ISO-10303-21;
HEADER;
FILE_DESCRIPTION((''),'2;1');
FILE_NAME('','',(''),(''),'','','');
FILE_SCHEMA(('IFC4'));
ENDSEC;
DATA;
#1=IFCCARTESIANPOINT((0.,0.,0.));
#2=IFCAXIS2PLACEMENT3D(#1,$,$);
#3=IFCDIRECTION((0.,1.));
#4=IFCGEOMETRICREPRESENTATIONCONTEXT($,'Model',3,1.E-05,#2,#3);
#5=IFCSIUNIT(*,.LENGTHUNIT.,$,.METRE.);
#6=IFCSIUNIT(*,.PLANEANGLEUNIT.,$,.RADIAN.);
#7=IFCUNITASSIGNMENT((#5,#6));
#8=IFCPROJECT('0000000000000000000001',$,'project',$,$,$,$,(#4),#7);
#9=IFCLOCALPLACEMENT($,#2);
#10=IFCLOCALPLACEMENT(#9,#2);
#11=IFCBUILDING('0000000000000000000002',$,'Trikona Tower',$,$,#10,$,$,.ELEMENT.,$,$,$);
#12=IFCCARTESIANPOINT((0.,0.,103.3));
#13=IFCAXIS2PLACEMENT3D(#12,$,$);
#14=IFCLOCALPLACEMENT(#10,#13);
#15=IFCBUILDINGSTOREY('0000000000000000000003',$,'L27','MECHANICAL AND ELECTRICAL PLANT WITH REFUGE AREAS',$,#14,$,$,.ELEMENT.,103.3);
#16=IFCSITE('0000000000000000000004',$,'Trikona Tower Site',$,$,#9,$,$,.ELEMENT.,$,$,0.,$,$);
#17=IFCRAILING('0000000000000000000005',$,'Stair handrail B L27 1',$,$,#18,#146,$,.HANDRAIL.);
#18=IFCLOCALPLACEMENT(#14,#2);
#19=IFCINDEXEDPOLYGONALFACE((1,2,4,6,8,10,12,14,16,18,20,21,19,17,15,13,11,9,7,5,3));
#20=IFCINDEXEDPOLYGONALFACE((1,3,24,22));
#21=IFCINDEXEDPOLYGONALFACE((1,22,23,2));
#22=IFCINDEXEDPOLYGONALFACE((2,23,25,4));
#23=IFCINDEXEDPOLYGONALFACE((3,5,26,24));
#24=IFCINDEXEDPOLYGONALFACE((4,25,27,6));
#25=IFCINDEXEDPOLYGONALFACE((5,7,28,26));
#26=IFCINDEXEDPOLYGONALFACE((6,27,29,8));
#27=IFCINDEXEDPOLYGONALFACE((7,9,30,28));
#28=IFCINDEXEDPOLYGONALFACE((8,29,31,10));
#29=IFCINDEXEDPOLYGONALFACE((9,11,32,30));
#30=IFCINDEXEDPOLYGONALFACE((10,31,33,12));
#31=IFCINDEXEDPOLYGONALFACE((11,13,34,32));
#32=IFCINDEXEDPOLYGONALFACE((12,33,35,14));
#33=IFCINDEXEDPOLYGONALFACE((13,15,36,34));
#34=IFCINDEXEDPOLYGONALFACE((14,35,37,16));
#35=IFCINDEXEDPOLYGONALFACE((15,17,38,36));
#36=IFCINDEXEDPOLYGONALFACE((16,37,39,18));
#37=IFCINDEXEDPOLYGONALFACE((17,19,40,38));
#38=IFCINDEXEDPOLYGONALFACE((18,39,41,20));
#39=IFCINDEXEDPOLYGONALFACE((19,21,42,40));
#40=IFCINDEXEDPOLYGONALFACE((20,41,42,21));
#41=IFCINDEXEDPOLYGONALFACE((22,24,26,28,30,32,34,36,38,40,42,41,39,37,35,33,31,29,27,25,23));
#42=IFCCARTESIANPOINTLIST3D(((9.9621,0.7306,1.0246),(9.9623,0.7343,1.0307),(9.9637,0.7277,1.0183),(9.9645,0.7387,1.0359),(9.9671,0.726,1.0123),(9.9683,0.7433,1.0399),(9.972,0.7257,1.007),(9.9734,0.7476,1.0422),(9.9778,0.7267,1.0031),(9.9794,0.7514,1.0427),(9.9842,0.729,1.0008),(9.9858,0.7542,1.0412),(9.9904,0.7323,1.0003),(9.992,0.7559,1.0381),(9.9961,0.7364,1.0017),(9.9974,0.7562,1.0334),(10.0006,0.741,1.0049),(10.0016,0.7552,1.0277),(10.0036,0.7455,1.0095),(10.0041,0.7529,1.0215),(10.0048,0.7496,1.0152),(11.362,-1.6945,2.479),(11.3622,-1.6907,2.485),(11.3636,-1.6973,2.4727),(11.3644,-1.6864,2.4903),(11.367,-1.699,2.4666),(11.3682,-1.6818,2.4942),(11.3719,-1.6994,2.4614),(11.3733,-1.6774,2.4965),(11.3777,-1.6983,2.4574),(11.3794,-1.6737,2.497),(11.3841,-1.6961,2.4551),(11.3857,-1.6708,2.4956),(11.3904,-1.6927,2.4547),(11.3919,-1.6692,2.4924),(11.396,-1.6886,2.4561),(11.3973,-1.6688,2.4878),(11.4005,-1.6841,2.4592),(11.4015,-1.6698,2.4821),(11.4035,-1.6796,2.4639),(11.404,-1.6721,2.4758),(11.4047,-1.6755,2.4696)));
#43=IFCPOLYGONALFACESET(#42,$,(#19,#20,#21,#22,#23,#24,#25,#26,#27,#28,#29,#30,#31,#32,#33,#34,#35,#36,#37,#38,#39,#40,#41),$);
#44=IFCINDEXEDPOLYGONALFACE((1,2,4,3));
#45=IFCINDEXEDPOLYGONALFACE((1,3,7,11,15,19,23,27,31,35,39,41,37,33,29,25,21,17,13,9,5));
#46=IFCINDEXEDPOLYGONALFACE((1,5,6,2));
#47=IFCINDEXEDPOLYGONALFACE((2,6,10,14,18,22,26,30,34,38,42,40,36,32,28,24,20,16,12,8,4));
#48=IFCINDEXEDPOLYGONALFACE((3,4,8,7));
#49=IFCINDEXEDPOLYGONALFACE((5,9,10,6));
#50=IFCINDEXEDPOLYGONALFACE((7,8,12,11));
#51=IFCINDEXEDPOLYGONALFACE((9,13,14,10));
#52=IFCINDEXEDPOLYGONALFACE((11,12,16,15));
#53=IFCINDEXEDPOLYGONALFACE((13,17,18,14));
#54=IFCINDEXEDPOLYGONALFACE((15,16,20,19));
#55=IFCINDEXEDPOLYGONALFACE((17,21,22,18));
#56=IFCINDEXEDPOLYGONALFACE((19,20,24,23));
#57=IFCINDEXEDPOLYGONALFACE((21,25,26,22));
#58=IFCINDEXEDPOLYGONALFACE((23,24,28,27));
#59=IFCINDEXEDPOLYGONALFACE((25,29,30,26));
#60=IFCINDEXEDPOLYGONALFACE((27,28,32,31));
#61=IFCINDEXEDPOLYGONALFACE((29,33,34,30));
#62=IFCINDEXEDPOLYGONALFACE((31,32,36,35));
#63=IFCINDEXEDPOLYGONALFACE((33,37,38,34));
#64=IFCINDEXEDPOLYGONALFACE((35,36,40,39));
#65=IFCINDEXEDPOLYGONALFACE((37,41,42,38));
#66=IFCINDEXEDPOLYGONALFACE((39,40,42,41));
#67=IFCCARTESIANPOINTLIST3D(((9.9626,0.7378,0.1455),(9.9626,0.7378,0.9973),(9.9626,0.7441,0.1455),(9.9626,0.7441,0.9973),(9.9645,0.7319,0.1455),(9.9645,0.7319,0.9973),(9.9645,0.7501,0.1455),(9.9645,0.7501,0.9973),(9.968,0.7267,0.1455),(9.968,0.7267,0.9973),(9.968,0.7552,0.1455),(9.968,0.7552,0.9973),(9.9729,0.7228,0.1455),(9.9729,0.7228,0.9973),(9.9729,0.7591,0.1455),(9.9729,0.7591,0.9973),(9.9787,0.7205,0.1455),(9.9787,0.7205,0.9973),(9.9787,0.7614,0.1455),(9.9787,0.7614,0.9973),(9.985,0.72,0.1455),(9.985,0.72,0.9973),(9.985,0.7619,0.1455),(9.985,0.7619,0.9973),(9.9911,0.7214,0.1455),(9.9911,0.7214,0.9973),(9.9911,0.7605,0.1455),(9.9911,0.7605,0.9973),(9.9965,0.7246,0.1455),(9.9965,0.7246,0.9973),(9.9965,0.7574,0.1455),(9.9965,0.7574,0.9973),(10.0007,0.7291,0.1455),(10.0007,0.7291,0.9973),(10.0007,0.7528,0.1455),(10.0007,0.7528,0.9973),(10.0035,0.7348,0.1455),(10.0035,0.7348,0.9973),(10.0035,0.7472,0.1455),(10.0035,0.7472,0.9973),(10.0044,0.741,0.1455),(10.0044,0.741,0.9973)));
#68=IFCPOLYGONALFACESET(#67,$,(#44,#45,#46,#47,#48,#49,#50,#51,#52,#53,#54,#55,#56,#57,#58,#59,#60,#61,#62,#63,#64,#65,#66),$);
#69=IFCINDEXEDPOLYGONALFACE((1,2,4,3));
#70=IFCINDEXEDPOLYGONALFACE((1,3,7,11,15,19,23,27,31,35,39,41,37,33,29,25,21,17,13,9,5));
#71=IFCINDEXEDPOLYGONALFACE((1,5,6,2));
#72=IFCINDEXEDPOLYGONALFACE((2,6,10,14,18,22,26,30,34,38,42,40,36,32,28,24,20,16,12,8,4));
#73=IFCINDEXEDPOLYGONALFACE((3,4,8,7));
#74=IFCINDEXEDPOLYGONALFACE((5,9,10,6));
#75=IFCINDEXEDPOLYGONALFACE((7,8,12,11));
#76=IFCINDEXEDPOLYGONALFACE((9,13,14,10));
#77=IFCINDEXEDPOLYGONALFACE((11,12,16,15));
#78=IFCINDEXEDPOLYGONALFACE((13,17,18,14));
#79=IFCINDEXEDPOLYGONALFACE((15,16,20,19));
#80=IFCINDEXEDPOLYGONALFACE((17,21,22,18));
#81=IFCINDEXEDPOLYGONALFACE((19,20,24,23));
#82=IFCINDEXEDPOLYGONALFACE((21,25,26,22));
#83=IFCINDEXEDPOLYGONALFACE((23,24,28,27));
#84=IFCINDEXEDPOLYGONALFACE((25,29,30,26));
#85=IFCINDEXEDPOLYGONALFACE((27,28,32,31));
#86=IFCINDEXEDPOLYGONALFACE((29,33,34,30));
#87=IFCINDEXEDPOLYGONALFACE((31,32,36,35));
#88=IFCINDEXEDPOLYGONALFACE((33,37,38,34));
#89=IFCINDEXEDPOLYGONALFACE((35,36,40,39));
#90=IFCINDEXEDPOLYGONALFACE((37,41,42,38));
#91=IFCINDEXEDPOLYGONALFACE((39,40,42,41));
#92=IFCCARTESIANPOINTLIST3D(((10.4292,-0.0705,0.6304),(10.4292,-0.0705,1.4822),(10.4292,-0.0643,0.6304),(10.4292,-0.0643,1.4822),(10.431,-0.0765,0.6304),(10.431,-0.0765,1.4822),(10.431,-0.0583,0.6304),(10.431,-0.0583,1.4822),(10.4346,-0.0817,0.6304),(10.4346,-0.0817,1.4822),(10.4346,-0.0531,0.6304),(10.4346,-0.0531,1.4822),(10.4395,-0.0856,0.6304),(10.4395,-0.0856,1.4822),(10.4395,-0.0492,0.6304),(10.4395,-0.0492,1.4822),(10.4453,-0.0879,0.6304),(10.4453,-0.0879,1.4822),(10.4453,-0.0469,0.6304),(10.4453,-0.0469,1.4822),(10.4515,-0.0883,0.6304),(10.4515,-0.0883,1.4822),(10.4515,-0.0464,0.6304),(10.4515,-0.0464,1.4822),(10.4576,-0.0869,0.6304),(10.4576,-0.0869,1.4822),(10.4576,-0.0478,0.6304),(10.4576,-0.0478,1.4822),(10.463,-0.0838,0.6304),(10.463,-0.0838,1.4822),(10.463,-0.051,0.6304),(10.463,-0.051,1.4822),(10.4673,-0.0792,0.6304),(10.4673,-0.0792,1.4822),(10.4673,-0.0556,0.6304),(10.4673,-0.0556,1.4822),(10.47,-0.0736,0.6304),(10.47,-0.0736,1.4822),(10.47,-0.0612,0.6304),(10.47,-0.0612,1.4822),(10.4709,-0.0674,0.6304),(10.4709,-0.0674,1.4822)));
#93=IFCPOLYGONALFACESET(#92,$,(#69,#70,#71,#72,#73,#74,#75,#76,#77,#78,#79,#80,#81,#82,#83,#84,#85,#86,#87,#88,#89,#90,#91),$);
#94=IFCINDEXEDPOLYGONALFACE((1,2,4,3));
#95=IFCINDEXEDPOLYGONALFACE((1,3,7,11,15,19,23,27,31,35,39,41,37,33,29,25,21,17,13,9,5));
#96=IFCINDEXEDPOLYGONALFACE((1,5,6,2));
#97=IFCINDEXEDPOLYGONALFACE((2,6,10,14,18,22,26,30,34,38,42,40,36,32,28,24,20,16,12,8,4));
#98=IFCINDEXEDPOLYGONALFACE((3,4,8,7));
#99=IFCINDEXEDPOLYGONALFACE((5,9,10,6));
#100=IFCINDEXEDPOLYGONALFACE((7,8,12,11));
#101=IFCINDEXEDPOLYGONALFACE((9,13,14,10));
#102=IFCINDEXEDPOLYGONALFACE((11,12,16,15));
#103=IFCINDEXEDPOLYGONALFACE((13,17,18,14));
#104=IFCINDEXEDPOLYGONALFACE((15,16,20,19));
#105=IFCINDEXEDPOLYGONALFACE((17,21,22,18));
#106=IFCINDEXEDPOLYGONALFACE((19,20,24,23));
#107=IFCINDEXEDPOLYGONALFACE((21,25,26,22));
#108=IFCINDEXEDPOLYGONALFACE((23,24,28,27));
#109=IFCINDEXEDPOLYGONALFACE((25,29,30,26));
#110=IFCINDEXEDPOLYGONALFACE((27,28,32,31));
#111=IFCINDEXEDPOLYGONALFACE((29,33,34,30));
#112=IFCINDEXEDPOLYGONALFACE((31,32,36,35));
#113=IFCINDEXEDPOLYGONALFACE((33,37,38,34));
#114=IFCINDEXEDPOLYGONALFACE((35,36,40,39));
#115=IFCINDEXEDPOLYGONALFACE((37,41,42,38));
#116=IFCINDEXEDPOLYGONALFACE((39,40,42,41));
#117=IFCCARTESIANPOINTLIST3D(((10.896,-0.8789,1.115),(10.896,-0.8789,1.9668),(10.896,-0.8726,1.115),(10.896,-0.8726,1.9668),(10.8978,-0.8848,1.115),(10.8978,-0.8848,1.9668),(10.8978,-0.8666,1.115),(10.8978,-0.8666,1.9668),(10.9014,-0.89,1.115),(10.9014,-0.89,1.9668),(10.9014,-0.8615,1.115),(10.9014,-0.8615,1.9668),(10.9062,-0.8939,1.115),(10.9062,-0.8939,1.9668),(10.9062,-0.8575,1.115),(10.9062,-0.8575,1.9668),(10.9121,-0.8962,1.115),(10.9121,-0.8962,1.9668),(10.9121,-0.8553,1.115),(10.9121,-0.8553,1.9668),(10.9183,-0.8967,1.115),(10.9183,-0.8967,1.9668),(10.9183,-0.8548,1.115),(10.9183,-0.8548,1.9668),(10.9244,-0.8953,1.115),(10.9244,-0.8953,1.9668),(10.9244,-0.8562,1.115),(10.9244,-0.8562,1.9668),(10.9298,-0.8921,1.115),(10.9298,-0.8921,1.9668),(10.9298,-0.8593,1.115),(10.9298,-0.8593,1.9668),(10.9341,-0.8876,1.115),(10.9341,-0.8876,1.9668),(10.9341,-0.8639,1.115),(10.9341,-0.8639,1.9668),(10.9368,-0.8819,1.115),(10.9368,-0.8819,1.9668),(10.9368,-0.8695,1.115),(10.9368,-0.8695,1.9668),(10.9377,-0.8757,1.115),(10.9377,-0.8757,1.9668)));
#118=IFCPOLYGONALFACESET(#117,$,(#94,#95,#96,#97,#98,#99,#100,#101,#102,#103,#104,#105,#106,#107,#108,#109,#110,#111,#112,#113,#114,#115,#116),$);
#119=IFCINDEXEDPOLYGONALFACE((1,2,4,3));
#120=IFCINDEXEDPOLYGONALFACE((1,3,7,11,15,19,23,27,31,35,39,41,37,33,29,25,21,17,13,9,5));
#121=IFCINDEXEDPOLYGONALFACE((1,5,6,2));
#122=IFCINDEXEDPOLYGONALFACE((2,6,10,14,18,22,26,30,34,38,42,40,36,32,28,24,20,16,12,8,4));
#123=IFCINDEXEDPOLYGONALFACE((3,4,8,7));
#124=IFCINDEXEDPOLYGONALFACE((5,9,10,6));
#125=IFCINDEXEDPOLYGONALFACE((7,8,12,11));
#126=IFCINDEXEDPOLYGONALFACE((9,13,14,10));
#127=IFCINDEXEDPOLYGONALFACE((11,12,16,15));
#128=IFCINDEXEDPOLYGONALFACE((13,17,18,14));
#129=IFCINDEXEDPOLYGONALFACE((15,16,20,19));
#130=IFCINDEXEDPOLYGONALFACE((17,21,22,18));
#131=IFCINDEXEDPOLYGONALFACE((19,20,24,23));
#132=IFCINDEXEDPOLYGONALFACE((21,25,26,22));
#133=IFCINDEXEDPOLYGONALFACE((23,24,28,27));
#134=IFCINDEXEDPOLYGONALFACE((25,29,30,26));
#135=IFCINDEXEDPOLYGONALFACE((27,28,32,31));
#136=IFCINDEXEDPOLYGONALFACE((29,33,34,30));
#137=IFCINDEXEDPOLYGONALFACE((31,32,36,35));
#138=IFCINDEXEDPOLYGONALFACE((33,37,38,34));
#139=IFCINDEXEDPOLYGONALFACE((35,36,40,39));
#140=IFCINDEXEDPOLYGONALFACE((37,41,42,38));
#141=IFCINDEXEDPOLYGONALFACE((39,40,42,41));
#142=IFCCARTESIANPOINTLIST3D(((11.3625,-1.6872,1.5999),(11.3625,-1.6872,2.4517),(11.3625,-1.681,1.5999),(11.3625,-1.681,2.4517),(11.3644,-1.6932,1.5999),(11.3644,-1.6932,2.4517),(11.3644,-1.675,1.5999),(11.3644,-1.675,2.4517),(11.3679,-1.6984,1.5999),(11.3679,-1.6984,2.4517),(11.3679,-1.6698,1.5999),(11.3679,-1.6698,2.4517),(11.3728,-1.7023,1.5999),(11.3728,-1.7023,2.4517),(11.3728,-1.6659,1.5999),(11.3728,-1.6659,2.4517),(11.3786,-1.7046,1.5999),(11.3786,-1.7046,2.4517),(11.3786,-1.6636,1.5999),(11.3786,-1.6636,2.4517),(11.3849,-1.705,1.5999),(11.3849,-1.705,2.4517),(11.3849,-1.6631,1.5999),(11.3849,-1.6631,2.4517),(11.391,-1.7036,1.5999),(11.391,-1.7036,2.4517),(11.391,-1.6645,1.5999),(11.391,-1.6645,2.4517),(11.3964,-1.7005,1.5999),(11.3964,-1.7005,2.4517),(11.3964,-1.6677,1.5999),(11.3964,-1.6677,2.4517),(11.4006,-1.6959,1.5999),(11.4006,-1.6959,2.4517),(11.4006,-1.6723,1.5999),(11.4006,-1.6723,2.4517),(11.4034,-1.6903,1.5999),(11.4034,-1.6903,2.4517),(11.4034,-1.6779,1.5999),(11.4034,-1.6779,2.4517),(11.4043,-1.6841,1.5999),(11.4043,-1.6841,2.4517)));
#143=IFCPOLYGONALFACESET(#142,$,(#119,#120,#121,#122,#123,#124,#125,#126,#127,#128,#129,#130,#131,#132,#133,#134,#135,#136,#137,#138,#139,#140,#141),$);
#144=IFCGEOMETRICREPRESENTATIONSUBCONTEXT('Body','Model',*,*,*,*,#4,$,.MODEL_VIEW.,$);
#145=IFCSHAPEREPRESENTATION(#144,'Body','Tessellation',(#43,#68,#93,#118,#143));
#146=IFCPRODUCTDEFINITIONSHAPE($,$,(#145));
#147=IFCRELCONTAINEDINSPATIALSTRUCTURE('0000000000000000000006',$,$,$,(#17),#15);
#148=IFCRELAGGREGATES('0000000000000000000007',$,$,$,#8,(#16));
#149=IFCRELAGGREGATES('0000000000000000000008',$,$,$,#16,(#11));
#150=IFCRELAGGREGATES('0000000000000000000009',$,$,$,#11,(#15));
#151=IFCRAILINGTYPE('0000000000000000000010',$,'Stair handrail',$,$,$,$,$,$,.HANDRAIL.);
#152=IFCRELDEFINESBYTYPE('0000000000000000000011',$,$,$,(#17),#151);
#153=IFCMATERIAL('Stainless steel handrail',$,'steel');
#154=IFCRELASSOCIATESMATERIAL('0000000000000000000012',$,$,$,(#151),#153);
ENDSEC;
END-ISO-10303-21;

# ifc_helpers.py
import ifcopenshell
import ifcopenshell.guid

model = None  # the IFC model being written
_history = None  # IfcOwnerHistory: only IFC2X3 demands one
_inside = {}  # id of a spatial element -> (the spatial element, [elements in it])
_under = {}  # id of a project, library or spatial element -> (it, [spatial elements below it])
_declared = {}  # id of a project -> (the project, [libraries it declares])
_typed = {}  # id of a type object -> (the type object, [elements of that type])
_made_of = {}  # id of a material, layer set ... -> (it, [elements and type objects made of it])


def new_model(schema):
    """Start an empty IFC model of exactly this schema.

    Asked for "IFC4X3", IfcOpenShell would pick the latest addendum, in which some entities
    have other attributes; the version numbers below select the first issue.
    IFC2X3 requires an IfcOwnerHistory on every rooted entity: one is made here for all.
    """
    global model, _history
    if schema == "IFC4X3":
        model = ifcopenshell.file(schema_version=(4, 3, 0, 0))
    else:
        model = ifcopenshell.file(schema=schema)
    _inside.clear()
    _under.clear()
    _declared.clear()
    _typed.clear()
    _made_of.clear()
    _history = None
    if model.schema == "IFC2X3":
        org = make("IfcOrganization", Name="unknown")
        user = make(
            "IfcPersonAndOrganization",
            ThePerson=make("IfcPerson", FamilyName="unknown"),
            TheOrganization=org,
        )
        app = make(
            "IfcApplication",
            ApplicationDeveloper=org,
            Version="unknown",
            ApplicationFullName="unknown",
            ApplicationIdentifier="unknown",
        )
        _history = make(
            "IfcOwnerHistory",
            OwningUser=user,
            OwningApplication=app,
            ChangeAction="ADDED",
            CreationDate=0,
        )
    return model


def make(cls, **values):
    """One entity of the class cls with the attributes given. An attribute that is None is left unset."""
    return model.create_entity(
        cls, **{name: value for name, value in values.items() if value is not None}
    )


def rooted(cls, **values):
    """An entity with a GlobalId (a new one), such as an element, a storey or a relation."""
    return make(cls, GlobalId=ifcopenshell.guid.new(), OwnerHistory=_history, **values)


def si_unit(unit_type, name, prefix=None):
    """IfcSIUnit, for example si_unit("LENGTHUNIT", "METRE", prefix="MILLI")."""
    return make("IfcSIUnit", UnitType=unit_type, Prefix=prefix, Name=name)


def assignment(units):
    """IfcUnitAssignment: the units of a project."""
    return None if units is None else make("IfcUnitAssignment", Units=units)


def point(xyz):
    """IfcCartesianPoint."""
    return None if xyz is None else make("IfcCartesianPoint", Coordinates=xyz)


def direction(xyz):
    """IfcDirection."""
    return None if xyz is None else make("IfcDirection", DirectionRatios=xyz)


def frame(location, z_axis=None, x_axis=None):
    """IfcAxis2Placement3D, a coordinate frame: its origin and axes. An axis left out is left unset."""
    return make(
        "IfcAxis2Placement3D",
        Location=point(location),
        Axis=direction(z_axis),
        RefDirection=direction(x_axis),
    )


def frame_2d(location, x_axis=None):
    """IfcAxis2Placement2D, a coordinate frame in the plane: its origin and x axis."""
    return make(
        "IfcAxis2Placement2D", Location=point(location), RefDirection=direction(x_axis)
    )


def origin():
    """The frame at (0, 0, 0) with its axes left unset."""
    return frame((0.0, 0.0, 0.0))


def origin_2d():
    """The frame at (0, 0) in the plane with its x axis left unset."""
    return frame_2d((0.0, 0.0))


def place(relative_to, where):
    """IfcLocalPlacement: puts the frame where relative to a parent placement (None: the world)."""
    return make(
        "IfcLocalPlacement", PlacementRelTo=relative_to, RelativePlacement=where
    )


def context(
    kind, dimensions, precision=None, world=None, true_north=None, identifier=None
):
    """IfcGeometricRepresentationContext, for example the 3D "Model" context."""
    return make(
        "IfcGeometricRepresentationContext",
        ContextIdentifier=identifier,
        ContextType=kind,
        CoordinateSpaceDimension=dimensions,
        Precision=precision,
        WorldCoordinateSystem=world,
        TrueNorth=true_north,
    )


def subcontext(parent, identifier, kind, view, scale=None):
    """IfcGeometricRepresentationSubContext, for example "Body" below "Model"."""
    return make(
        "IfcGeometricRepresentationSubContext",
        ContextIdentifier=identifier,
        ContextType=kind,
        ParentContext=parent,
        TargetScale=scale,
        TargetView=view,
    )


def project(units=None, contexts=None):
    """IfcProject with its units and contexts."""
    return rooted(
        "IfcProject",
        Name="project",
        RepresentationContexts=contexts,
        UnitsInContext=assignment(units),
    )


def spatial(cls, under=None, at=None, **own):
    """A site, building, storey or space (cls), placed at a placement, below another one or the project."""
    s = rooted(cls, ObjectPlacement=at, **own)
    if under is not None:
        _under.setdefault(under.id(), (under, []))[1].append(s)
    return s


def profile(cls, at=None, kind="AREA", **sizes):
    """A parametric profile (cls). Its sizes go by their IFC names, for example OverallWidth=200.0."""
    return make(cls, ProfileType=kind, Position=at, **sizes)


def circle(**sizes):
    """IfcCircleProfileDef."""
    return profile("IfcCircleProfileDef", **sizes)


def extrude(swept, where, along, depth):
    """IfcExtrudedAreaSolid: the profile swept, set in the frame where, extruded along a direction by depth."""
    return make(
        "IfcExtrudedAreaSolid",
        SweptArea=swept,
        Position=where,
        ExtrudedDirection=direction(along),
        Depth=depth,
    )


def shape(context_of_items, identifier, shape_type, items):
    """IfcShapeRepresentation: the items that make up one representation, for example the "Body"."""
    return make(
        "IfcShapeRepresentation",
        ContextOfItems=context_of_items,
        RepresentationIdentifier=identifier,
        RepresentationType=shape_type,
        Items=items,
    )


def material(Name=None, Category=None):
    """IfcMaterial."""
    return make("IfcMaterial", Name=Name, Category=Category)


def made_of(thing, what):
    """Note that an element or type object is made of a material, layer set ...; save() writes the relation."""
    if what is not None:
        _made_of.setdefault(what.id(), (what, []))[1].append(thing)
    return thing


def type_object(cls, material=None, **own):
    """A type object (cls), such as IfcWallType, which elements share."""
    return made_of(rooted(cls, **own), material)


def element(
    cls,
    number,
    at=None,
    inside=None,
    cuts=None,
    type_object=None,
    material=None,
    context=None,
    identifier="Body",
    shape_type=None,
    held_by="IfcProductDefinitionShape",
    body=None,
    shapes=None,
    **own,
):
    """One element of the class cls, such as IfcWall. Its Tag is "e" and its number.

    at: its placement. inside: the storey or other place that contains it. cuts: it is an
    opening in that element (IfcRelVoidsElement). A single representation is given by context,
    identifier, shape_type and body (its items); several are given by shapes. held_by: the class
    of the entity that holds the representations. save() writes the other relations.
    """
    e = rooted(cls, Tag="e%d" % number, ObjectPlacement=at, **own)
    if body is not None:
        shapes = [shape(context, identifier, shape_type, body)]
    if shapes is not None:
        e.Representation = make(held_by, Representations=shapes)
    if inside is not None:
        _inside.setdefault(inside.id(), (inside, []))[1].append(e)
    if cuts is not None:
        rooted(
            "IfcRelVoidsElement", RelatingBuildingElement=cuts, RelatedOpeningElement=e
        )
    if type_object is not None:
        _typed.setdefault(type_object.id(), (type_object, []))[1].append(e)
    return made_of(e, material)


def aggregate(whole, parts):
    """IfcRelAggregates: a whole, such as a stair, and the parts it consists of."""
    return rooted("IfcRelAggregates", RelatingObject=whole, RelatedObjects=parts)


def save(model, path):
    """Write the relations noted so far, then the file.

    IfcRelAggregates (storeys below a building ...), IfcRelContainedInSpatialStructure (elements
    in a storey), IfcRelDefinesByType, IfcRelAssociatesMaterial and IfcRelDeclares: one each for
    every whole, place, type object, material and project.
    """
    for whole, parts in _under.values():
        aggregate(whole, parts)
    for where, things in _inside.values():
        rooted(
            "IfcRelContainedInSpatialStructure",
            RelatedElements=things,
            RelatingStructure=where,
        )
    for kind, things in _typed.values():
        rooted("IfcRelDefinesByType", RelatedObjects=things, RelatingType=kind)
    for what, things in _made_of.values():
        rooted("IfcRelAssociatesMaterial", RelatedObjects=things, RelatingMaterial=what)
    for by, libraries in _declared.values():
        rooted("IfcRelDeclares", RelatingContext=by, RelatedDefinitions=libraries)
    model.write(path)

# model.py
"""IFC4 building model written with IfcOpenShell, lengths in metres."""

from ifc_helpers import new_model, si_unit, direction, frame, origin, origin_2d, place, context, subcontext, project, spatial, circle, extrude, material, type_object, element, save


model = new_model("IFC4")

# Units and contexts
model_context = context("Model", 3, precision=1e-05, world=origin(), true_north=direction((0.0, 1.0)))
body_context = subcontext(model_context, "Body", "Model", "MODEL_VIEW")
ifc_project = project(units=[si_unit("LENGTHUNIT", "METRE"), si_unit("PLANEANGLEUNIT", "RADIAN")], contexts=[model_context])

# Site, building, storey
site_placement = place(None, origin())
site = spatial("IfcSite", under=ifc_project, at=site_placement, Name="Trikona Tower Site", CompositionType="ELEMENT", RefElevation=0.0)
building_placement = place(site_placement, origin())
building = spatial("IfcBuilding", under=site, at=building_placement, Name="Trikona Tower", CompositionType="ELEMENT")
storey_placement = place(building_placement, frame((0.0, 0.0, 103.3)))
storey = spatial("IfcBuildingStorey", under=building, at=storey_placement, Name="L27", Description="MECHANICAL AND ELECTRICAL PLANT WITH REFUGE AREAS", CompositionType="ELEMENT", Elevation=103.3)

# Railing
ifc_material_1 = material(Name="Stainless steel handrail", Category="steel")
railing_type = type_object("IfcRailingType", Name="Stair handrail", PredefinedType="HANDRAIL", material=ifc_material_1)
railing_1_placement = place(storey_placement, frame((9.9834, 0.741, 0.1455)))
element("IfcRailing", 1, at=railing_1_placement, inside=storey, type_object=railing_type, Name="Stair handrail B L27 1", PredefinedType="HANDRAIL", context=body_context, shape_type="SweptSolid", body=[
    extrude(circle(Radius=0.0239, at=origin_2d()), frame((0.0, 0.0, 0.876), z_axis=(0.443672, -0.768572, 0.460926), x_axis=(0.866056, 0.499946, 0.0)), (0.0, 0.0, 1.0), 3.1553),
    extrude(circle(Radius=0.021, at=origin_2d()), origin(), (0.0, 0.0, 1.0), 0.8518),
    extrude(circle(Radius=0.021, at=origin_2d()), frame((0.4666, -0.8083, 0.4849)), (0.0, 0.0, 1.0), 0.8518),
    extrude(circle(Radius=0.021, at=origin_2d()), frame((0.9333, -1.6167, 0.9695)), (0.0, 0.0, 1.0), 0.8518),
    extrude(circle(Radius=0.021, at=origin_2d()), frame((1.3999, -2.425, 1.4543)), (0.0, 0.0, 1.0), 0.8518),
])

save(model, "model.ifc")
